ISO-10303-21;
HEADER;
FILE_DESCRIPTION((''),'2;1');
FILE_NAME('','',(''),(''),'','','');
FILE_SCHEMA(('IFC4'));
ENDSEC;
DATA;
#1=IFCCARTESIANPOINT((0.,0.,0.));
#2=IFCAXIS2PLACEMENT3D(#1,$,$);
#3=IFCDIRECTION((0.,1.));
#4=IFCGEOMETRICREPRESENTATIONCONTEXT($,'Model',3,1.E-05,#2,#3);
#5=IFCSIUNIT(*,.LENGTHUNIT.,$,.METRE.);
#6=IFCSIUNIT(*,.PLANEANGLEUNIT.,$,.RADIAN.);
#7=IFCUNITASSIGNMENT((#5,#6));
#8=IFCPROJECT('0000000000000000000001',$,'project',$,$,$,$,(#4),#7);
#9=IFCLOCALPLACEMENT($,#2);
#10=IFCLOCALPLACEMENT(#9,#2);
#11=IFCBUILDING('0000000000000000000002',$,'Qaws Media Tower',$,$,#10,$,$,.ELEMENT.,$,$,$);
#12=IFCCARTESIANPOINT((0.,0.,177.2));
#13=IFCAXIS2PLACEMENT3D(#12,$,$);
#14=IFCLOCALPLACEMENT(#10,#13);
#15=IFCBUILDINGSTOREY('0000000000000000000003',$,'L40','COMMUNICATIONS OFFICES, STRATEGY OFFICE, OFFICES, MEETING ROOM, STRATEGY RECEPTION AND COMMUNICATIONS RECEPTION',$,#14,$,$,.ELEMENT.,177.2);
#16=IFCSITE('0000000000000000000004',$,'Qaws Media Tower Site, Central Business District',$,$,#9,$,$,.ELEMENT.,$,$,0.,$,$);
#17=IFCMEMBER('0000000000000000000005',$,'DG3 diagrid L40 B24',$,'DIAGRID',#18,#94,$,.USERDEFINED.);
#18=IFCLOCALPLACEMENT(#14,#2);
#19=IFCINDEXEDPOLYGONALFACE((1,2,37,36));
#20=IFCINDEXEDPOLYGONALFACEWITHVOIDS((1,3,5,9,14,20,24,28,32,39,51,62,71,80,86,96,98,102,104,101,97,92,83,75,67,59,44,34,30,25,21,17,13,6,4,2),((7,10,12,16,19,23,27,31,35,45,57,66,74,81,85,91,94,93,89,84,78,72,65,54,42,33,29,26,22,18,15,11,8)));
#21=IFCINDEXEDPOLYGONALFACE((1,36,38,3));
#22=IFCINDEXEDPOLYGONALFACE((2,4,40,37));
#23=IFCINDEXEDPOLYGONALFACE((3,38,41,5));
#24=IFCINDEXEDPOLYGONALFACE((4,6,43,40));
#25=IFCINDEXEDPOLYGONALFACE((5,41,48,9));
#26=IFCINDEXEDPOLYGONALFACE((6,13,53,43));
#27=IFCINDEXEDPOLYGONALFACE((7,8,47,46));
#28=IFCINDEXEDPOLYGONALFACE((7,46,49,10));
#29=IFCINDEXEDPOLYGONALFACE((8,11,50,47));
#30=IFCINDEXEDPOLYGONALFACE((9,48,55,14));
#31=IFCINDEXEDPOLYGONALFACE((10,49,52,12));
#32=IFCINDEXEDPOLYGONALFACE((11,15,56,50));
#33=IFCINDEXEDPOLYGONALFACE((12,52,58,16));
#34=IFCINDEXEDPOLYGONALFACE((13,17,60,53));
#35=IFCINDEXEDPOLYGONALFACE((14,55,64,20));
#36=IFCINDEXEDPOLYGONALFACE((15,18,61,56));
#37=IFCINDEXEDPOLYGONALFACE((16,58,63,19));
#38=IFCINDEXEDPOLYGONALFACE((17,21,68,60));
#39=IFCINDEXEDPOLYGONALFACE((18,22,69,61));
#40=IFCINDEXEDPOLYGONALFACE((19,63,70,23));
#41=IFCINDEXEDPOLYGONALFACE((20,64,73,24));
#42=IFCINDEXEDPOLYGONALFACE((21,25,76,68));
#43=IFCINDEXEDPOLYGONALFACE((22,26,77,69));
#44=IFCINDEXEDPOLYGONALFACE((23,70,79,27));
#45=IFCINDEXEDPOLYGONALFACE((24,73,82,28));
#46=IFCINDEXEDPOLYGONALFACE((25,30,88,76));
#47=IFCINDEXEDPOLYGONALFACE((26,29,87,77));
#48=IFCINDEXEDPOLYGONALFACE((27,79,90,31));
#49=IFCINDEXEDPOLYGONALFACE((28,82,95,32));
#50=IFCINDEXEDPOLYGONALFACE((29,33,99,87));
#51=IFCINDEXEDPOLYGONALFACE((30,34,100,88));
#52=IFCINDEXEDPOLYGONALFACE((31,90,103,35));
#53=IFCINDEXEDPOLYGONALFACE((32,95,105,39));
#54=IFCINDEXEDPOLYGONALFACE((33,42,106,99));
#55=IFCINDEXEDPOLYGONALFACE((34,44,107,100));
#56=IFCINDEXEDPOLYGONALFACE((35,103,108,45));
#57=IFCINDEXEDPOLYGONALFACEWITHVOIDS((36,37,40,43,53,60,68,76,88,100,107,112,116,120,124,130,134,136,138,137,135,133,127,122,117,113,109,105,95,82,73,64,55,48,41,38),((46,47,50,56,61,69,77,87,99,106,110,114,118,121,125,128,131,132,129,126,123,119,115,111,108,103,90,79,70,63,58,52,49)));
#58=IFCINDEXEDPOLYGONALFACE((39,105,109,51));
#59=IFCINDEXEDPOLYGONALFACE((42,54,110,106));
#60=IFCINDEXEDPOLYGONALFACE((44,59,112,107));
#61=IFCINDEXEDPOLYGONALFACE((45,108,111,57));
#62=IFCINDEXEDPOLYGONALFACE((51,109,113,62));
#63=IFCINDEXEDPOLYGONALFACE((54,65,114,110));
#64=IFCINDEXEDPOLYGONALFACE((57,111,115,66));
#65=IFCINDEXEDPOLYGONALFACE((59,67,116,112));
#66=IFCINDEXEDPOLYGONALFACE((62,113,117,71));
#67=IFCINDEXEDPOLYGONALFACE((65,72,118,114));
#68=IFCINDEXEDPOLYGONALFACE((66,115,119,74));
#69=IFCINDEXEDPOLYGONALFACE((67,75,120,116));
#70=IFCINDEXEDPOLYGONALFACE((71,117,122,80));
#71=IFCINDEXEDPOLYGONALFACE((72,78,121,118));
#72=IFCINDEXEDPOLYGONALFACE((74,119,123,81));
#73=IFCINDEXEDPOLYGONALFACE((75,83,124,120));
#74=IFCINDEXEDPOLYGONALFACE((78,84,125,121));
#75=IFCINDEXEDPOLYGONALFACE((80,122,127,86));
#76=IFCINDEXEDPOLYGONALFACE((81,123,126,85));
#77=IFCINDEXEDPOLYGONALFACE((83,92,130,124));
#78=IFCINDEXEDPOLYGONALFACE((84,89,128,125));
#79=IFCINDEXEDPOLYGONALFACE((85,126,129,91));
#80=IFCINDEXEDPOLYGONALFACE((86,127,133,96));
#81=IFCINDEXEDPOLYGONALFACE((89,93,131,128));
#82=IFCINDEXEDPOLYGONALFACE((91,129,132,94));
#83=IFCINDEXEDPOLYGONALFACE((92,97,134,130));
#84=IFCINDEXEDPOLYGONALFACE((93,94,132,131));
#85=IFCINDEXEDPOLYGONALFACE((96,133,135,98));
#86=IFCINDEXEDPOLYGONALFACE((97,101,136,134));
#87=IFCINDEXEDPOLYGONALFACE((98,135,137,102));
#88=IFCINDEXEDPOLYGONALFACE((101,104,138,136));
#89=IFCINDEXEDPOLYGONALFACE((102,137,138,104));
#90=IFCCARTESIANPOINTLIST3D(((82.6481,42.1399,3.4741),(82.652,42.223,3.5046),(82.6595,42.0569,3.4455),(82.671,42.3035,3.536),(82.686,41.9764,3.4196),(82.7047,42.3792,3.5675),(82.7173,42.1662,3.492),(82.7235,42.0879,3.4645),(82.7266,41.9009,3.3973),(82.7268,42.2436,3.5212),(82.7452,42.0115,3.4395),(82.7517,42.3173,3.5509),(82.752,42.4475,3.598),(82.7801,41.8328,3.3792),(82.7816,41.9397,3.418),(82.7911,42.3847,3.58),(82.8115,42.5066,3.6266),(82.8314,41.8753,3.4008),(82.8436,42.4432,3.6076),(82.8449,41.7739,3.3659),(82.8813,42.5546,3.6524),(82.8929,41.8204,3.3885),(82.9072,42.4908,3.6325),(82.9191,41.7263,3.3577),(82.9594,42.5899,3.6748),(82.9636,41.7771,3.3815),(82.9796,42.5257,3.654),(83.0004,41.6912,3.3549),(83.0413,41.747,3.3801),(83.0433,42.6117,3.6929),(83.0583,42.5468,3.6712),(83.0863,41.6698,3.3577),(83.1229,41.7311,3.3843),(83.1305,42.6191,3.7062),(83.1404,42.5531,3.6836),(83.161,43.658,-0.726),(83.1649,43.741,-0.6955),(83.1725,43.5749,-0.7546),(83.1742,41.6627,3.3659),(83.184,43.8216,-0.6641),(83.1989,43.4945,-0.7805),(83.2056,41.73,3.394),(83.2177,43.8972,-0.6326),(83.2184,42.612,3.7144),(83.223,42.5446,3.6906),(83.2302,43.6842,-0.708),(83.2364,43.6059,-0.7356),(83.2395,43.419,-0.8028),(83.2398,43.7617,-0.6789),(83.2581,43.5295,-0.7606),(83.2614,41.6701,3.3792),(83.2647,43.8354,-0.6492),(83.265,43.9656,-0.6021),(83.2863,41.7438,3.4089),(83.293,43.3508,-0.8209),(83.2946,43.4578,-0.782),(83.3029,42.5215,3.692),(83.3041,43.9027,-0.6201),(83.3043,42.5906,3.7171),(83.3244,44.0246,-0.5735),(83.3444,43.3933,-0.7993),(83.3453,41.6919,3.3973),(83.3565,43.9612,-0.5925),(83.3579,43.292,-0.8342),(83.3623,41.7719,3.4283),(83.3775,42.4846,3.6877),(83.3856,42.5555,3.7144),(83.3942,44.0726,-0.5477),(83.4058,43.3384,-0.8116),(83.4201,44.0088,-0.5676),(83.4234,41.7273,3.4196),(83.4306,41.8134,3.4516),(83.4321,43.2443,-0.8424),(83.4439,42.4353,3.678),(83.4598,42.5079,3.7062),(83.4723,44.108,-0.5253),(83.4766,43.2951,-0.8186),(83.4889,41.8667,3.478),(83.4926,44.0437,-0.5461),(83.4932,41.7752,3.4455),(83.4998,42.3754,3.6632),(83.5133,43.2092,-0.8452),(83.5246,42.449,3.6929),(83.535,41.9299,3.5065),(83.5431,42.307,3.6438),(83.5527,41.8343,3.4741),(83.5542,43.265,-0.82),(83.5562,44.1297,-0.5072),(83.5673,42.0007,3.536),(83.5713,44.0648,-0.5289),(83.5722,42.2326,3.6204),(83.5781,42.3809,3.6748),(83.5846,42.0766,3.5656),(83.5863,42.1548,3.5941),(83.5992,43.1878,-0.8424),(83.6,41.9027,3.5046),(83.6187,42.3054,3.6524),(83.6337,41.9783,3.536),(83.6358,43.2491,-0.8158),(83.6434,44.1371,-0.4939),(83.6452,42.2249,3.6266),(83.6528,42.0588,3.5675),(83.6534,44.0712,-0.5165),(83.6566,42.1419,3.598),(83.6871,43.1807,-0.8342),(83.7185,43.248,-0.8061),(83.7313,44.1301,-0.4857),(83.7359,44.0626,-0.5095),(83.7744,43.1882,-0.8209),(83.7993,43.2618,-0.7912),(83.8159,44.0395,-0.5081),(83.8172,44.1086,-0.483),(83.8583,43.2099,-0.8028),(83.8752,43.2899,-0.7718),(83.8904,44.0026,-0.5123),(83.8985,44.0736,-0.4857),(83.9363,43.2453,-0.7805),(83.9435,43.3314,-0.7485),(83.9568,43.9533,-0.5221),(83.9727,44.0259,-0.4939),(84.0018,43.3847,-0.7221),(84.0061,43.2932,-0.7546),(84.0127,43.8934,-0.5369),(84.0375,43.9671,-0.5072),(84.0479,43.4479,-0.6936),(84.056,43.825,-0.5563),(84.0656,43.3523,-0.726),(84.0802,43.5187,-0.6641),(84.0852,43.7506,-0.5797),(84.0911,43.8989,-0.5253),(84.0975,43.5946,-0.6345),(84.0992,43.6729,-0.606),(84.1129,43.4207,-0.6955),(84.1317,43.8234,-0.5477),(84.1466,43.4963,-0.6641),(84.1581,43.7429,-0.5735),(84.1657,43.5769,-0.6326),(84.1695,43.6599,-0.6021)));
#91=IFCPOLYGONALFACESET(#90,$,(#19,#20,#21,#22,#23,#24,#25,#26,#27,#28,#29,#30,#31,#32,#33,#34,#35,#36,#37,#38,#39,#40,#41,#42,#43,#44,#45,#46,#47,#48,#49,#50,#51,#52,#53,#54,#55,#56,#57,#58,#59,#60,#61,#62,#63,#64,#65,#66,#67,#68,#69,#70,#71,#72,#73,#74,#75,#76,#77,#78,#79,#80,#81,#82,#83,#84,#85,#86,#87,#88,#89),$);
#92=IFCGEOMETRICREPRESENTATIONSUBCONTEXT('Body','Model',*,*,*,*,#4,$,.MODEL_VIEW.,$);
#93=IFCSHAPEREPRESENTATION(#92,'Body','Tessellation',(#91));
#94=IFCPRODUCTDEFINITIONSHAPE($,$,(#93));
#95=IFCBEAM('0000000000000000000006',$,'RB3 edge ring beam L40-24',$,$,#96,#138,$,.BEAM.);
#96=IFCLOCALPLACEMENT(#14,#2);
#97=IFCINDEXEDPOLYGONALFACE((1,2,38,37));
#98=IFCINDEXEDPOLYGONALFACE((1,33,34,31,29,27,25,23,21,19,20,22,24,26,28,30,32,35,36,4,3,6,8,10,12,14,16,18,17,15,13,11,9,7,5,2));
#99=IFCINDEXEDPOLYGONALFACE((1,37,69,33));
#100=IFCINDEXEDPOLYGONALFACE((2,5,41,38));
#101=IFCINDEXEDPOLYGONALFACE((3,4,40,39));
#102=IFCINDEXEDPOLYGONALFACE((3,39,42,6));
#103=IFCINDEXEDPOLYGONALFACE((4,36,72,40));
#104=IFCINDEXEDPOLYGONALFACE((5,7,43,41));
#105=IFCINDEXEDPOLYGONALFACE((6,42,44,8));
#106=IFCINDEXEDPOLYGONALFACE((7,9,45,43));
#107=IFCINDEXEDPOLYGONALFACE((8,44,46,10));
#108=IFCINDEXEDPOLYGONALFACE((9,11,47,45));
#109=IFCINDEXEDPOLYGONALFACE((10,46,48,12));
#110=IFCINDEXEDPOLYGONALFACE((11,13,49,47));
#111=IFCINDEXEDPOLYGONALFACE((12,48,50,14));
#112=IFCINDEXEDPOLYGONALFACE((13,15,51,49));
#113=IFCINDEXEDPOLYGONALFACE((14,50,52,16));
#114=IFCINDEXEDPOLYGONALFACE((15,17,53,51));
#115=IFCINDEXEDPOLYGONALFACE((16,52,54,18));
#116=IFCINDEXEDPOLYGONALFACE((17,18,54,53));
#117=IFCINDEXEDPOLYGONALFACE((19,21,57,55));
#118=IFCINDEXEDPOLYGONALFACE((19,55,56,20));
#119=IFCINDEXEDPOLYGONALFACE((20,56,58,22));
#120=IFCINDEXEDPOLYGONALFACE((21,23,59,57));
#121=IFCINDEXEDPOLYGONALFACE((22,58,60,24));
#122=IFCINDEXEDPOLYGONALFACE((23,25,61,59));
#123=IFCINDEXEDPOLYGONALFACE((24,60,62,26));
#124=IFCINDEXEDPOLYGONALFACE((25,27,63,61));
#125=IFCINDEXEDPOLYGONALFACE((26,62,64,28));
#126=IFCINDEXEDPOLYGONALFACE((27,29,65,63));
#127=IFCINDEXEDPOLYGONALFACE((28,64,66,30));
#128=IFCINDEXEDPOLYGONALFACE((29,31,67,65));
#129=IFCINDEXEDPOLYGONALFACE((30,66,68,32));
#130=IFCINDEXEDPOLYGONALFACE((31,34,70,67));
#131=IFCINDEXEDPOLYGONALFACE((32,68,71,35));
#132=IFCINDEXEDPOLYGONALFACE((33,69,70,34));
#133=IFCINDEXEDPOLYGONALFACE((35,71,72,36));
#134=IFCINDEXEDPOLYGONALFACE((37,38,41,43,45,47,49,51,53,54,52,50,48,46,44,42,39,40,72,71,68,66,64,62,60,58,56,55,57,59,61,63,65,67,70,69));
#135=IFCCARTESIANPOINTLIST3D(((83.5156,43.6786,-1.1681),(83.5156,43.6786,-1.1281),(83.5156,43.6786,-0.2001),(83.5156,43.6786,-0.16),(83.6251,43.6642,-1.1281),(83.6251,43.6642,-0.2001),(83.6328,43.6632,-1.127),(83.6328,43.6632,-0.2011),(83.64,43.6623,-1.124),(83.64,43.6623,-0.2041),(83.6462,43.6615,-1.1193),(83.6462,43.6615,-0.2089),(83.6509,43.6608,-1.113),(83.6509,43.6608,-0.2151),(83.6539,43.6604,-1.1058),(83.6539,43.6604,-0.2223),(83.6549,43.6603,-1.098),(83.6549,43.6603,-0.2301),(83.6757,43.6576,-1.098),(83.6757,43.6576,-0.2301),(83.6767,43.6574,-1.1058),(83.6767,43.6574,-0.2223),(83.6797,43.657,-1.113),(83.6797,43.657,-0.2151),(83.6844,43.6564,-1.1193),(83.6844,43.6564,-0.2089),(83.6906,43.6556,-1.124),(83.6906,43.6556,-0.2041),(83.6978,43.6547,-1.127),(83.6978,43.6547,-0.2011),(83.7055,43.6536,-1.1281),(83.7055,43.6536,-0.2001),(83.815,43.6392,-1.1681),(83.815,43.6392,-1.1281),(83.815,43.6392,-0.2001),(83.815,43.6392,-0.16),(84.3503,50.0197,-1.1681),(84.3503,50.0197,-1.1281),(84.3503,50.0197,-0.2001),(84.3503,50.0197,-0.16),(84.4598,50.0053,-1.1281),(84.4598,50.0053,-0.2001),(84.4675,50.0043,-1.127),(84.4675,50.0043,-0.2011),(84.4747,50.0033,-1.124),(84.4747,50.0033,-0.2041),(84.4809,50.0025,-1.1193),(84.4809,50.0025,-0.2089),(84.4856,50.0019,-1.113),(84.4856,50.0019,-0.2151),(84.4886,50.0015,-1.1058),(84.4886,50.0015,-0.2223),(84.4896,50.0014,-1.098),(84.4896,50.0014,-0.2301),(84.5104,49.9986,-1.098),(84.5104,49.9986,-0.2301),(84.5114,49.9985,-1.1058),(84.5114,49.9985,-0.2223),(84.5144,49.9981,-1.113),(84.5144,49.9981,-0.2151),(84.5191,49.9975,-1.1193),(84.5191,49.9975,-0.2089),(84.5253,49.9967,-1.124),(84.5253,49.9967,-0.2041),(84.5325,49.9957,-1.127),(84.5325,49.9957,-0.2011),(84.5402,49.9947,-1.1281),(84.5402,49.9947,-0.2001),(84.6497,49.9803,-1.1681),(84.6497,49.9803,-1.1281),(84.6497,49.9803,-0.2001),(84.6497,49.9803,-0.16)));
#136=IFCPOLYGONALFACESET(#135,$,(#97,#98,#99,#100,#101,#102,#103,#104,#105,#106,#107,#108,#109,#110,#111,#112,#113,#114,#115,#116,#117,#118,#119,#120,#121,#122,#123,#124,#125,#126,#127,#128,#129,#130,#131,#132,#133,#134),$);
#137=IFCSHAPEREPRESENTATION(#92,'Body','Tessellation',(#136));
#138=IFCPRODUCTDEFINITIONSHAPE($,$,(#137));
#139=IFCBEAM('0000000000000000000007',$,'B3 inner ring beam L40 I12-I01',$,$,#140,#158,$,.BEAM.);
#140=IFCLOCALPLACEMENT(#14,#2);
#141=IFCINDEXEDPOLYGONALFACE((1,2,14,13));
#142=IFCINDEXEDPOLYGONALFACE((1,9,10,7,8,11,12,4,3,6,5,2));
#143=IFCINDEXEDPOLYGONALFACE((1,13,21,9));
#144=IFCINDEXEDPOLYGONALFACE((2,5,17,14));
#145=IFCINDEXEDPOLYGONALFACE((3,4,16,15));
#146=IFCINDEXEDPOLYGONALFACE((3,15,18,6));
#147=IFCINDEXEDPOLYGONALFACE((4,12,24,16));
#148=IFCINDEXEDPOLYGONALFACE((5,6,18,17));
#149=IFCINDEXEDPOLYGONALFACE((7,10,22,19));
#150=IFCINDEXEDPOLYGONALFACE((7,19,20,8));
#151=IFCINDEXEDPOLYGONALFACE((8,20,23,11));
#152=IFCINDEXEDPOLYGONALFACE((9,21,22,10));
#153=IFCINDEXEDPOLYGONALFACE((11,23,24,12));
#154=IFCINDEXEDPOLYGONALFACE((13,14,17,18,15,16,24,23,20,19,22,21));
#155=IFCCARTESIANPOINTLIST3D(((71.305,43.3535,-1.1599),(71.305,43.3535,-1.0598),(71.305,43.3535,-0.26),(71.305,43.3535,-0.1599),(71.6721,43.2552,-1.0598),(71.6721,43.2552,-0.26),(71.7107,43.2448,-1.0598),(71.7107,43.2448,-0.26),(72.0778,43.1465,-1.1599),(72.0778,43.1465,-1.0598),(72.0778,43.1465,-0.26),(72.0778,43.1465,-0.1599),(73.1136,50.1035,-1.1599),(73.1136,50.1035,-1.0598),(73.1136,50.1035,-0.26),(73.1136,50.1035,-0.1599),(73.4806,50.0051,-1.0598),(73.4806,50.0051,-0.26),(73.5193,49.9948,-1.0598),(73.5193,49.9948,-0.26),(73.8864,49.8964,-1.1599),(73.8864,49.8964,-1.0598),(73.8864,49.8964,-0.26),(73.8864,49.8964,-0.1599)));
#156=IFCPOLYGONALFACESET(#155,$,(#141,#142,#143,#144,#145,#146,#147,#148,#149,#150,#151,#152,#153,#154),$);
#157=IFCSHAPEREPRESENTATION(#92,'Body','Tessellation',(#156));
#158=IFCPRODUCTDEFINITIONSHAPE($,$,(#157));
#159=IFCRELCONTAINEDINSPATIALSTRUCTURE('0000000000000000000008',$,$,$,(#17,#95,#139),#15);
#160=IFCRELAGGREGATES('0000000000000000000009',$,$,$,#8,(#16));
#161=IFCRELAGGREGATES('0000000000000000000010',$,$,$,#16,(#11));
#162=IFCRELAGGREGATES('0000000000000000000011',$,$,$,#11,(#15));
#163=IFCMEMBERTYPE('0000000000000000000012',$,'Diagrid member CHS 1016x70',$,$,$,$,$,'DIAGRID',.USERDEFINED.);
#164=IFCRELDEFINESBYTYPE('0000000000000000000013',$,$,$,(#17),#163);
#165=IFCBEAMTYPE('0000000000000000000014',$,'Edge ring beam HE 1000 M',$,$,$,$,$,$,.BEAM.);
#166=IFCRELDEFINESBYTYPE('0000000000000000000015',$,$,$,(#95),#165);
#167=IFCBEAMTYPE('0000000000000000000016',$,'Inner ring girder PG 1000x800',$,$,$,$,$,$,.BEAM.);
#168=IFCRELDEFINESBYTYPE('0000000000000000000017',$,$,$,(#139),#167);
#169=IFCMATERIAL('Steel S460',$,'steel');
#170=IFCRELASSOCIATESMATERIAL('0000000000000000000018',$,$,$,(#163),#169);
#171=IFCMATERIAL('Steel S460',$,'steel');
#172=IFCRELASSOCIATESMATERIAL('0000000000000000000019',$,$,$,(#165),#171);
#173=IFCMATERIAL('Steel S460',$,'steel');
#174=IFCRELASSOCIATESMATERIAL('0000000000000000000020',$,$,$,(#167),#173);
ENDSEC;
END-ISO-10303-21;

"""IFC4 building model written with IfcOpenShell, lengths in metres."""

from ifc_helpers import new_model, si_unit, direction, frame, origin, origin_2d, place, context, subcontext, project, spatial, hollow_circle, i_section, extrude, material, material_profile, profile_set, type_object, element, save


model = new_model("IFC4")

# Units and contexts
model_context = context("Model", 3, precision=1e-05, world=origin(), true_north=direction((0.0, 1.0)))
body_context = subcontext(model_context, "Body", "Model", "MODEL_VIEW")
ifc_project = project(units=[si_unit("LENGTHUNIT", "METRE"), si_unit("PLANEANGLEUNIT", "RADIAN")], contexts=[model_context])

# Site, building, storey
site_placement = place(None, origin())
site = spatial("IfcSite", under=ifc_project, at=site_placement, Name="Qaws Media Tower Site, Central Business District", CompositionType="ELEMENT", RefElevation=0.0)
building_placement = place(site_placement, origin())
building = spatial("IfcBuilding", under=site, at=building_placement, Name="Qaws Media Tower", CompositionType="ELEMENT")
storey_placement = place(building_placement, frame((0.0, 0.0, 177.2)))
storey = spatial("IfcBuildingStorey", under=building, at=storey_placement, Name="L40", Description="COMMUNICATIONS OFFICES, STRATEGY OFFICE, OFFICES, MEETING ROOM, STRATEGY RECEPTION AND COMMUNICATIONS RECEPTION", CompositionType="ELEMENT", Elevation=177.2)

# Member
ifc_material_1 = material(Name="Steel S460", Category="steel")
ifc_material_profile_1 = material_profile(ifc_material_1, hollow_circle(Radius=0.5081, WallThickness=0.0701, at=origin_2d()), Name="CHS 1016x70")
ifc_profile_set_1 = profile_set([ifc_material_profile_1], Name="Steel S460")
member_type_1 = type_object("IfcMemberType", Name="Diagrid member CHS 1016x70", ElementType="DIAGRID", PredefinedType="USERDEFINED", material=ifc_profile_set_1)
for number, where, z_axis, x_axis, name in (
    (1, (83.6653, 43.6589, -0.6641), (-0.114101, -0.337688, 0.934317), (0.94738, -0.32011, 0.0), "DG3 diagrid L40 B24"),
):
    element("IfcMember", number, at=place(storey_placement, frame(where, z_axis=z_axis, x_axis=x_axis)), inside=storey, type_object=member_type_1, Name=name, ObjectType="DIAGRID", PredefinedType="USERDEFINED", context=body_context, shape_type="SweptSolid", body=[
        extrude(hollow_circle(Radius=0.5081, WallThickness=0.0701, at=origin_2d()), origin(), (0.0, 0.0, 1.0), 4.4954),
    ])

# Beams
ifc_material_2 = material(Name="Steel S460", Category="steel")
ifc_material_profile_2 = material_profile(ifc_material_2, i_section(OverallWidth=0.302, OverallDepth=1.0081, WebThickness=0.021, FlangeThickness=0.04, FilletRadius=0.03, at=origin_2d()), Name="HE 1000 M")
ifc_profile_set_2 = profile_set([ifc_material_profile_2], Name="Steel S460")
beam_type_1 = type_object("IfcBeamType", Name="Edge ring beam HE 1000 M", PredefinedType="BEAM", material=ifc_profile_set_2)
beam_1_placement = place(storey_placement, frame((83.6653, 43.6589, -0.6641), z_axis=(0.130511, 0.991447, 0.0), x_axis=(-0.991447, 0.130511, 0.0)))
element("IfcBeam", 2, at=beam_1_placement, inside=storey, type_object=beam_type_1, Name="RB3 edge ring beam L40-24", PredefinedType="BEAM", context=body_context, shape_type="SweptSolid", body=[
    extrude(i_section(OverallWidth=0.302, OverallDepth=1.0081, WebThickness=0.021, FlangeThickness=0.04, FilletRadius=0.03, at=origin_2d()), origin(), (0.0, 0.0, 1.0), 6.3958),
])
ifc_material_3 = material(Name="Steel S460", Category="steel")
ifc_material_profile_3 = material_profile(ifc_material_3, i_section(OverallWidth=0.8, OverallDepth=1.0, WebThickness=0.04, FlangeThickness=0.1001, at=origin_2d()), Name="PG 1000x800")
ifc_profile_set_3 = profile_set([ifc_material_profile_3], Name="Steel S460")
beam_type_2 = type_object("IfcBeamType", Name="Inner ring girder PG 1000x800", PredefinedType="BEAM", material=ifc_profile_set_3)
beam_2_placement = place(storey_placement, frame((71.6914, 43.25, -0.6599), z_axis=(0.258811, 0.965928, 0.0), x_axis=(-0.965928, 0.258811, 0.0)))
element("IfcBeam", 3, at=beam_2_placement, inside=storey, type_object=beam_type_2, Name="B3 inner ring beam L40 I12-I01", PredefinedType="BEAM", context=body_context, shape_type="SweptSolid", body=[
    extrude(i_section(OverallWidth=0.8, OverallDepth=1.0, WebThickness=0.04, FlangeThickness=0.1001, at=origin_2d()), origin(), (0.0, 0.0, 1.0), 6.988),
])

save(model, "model.ifc")
